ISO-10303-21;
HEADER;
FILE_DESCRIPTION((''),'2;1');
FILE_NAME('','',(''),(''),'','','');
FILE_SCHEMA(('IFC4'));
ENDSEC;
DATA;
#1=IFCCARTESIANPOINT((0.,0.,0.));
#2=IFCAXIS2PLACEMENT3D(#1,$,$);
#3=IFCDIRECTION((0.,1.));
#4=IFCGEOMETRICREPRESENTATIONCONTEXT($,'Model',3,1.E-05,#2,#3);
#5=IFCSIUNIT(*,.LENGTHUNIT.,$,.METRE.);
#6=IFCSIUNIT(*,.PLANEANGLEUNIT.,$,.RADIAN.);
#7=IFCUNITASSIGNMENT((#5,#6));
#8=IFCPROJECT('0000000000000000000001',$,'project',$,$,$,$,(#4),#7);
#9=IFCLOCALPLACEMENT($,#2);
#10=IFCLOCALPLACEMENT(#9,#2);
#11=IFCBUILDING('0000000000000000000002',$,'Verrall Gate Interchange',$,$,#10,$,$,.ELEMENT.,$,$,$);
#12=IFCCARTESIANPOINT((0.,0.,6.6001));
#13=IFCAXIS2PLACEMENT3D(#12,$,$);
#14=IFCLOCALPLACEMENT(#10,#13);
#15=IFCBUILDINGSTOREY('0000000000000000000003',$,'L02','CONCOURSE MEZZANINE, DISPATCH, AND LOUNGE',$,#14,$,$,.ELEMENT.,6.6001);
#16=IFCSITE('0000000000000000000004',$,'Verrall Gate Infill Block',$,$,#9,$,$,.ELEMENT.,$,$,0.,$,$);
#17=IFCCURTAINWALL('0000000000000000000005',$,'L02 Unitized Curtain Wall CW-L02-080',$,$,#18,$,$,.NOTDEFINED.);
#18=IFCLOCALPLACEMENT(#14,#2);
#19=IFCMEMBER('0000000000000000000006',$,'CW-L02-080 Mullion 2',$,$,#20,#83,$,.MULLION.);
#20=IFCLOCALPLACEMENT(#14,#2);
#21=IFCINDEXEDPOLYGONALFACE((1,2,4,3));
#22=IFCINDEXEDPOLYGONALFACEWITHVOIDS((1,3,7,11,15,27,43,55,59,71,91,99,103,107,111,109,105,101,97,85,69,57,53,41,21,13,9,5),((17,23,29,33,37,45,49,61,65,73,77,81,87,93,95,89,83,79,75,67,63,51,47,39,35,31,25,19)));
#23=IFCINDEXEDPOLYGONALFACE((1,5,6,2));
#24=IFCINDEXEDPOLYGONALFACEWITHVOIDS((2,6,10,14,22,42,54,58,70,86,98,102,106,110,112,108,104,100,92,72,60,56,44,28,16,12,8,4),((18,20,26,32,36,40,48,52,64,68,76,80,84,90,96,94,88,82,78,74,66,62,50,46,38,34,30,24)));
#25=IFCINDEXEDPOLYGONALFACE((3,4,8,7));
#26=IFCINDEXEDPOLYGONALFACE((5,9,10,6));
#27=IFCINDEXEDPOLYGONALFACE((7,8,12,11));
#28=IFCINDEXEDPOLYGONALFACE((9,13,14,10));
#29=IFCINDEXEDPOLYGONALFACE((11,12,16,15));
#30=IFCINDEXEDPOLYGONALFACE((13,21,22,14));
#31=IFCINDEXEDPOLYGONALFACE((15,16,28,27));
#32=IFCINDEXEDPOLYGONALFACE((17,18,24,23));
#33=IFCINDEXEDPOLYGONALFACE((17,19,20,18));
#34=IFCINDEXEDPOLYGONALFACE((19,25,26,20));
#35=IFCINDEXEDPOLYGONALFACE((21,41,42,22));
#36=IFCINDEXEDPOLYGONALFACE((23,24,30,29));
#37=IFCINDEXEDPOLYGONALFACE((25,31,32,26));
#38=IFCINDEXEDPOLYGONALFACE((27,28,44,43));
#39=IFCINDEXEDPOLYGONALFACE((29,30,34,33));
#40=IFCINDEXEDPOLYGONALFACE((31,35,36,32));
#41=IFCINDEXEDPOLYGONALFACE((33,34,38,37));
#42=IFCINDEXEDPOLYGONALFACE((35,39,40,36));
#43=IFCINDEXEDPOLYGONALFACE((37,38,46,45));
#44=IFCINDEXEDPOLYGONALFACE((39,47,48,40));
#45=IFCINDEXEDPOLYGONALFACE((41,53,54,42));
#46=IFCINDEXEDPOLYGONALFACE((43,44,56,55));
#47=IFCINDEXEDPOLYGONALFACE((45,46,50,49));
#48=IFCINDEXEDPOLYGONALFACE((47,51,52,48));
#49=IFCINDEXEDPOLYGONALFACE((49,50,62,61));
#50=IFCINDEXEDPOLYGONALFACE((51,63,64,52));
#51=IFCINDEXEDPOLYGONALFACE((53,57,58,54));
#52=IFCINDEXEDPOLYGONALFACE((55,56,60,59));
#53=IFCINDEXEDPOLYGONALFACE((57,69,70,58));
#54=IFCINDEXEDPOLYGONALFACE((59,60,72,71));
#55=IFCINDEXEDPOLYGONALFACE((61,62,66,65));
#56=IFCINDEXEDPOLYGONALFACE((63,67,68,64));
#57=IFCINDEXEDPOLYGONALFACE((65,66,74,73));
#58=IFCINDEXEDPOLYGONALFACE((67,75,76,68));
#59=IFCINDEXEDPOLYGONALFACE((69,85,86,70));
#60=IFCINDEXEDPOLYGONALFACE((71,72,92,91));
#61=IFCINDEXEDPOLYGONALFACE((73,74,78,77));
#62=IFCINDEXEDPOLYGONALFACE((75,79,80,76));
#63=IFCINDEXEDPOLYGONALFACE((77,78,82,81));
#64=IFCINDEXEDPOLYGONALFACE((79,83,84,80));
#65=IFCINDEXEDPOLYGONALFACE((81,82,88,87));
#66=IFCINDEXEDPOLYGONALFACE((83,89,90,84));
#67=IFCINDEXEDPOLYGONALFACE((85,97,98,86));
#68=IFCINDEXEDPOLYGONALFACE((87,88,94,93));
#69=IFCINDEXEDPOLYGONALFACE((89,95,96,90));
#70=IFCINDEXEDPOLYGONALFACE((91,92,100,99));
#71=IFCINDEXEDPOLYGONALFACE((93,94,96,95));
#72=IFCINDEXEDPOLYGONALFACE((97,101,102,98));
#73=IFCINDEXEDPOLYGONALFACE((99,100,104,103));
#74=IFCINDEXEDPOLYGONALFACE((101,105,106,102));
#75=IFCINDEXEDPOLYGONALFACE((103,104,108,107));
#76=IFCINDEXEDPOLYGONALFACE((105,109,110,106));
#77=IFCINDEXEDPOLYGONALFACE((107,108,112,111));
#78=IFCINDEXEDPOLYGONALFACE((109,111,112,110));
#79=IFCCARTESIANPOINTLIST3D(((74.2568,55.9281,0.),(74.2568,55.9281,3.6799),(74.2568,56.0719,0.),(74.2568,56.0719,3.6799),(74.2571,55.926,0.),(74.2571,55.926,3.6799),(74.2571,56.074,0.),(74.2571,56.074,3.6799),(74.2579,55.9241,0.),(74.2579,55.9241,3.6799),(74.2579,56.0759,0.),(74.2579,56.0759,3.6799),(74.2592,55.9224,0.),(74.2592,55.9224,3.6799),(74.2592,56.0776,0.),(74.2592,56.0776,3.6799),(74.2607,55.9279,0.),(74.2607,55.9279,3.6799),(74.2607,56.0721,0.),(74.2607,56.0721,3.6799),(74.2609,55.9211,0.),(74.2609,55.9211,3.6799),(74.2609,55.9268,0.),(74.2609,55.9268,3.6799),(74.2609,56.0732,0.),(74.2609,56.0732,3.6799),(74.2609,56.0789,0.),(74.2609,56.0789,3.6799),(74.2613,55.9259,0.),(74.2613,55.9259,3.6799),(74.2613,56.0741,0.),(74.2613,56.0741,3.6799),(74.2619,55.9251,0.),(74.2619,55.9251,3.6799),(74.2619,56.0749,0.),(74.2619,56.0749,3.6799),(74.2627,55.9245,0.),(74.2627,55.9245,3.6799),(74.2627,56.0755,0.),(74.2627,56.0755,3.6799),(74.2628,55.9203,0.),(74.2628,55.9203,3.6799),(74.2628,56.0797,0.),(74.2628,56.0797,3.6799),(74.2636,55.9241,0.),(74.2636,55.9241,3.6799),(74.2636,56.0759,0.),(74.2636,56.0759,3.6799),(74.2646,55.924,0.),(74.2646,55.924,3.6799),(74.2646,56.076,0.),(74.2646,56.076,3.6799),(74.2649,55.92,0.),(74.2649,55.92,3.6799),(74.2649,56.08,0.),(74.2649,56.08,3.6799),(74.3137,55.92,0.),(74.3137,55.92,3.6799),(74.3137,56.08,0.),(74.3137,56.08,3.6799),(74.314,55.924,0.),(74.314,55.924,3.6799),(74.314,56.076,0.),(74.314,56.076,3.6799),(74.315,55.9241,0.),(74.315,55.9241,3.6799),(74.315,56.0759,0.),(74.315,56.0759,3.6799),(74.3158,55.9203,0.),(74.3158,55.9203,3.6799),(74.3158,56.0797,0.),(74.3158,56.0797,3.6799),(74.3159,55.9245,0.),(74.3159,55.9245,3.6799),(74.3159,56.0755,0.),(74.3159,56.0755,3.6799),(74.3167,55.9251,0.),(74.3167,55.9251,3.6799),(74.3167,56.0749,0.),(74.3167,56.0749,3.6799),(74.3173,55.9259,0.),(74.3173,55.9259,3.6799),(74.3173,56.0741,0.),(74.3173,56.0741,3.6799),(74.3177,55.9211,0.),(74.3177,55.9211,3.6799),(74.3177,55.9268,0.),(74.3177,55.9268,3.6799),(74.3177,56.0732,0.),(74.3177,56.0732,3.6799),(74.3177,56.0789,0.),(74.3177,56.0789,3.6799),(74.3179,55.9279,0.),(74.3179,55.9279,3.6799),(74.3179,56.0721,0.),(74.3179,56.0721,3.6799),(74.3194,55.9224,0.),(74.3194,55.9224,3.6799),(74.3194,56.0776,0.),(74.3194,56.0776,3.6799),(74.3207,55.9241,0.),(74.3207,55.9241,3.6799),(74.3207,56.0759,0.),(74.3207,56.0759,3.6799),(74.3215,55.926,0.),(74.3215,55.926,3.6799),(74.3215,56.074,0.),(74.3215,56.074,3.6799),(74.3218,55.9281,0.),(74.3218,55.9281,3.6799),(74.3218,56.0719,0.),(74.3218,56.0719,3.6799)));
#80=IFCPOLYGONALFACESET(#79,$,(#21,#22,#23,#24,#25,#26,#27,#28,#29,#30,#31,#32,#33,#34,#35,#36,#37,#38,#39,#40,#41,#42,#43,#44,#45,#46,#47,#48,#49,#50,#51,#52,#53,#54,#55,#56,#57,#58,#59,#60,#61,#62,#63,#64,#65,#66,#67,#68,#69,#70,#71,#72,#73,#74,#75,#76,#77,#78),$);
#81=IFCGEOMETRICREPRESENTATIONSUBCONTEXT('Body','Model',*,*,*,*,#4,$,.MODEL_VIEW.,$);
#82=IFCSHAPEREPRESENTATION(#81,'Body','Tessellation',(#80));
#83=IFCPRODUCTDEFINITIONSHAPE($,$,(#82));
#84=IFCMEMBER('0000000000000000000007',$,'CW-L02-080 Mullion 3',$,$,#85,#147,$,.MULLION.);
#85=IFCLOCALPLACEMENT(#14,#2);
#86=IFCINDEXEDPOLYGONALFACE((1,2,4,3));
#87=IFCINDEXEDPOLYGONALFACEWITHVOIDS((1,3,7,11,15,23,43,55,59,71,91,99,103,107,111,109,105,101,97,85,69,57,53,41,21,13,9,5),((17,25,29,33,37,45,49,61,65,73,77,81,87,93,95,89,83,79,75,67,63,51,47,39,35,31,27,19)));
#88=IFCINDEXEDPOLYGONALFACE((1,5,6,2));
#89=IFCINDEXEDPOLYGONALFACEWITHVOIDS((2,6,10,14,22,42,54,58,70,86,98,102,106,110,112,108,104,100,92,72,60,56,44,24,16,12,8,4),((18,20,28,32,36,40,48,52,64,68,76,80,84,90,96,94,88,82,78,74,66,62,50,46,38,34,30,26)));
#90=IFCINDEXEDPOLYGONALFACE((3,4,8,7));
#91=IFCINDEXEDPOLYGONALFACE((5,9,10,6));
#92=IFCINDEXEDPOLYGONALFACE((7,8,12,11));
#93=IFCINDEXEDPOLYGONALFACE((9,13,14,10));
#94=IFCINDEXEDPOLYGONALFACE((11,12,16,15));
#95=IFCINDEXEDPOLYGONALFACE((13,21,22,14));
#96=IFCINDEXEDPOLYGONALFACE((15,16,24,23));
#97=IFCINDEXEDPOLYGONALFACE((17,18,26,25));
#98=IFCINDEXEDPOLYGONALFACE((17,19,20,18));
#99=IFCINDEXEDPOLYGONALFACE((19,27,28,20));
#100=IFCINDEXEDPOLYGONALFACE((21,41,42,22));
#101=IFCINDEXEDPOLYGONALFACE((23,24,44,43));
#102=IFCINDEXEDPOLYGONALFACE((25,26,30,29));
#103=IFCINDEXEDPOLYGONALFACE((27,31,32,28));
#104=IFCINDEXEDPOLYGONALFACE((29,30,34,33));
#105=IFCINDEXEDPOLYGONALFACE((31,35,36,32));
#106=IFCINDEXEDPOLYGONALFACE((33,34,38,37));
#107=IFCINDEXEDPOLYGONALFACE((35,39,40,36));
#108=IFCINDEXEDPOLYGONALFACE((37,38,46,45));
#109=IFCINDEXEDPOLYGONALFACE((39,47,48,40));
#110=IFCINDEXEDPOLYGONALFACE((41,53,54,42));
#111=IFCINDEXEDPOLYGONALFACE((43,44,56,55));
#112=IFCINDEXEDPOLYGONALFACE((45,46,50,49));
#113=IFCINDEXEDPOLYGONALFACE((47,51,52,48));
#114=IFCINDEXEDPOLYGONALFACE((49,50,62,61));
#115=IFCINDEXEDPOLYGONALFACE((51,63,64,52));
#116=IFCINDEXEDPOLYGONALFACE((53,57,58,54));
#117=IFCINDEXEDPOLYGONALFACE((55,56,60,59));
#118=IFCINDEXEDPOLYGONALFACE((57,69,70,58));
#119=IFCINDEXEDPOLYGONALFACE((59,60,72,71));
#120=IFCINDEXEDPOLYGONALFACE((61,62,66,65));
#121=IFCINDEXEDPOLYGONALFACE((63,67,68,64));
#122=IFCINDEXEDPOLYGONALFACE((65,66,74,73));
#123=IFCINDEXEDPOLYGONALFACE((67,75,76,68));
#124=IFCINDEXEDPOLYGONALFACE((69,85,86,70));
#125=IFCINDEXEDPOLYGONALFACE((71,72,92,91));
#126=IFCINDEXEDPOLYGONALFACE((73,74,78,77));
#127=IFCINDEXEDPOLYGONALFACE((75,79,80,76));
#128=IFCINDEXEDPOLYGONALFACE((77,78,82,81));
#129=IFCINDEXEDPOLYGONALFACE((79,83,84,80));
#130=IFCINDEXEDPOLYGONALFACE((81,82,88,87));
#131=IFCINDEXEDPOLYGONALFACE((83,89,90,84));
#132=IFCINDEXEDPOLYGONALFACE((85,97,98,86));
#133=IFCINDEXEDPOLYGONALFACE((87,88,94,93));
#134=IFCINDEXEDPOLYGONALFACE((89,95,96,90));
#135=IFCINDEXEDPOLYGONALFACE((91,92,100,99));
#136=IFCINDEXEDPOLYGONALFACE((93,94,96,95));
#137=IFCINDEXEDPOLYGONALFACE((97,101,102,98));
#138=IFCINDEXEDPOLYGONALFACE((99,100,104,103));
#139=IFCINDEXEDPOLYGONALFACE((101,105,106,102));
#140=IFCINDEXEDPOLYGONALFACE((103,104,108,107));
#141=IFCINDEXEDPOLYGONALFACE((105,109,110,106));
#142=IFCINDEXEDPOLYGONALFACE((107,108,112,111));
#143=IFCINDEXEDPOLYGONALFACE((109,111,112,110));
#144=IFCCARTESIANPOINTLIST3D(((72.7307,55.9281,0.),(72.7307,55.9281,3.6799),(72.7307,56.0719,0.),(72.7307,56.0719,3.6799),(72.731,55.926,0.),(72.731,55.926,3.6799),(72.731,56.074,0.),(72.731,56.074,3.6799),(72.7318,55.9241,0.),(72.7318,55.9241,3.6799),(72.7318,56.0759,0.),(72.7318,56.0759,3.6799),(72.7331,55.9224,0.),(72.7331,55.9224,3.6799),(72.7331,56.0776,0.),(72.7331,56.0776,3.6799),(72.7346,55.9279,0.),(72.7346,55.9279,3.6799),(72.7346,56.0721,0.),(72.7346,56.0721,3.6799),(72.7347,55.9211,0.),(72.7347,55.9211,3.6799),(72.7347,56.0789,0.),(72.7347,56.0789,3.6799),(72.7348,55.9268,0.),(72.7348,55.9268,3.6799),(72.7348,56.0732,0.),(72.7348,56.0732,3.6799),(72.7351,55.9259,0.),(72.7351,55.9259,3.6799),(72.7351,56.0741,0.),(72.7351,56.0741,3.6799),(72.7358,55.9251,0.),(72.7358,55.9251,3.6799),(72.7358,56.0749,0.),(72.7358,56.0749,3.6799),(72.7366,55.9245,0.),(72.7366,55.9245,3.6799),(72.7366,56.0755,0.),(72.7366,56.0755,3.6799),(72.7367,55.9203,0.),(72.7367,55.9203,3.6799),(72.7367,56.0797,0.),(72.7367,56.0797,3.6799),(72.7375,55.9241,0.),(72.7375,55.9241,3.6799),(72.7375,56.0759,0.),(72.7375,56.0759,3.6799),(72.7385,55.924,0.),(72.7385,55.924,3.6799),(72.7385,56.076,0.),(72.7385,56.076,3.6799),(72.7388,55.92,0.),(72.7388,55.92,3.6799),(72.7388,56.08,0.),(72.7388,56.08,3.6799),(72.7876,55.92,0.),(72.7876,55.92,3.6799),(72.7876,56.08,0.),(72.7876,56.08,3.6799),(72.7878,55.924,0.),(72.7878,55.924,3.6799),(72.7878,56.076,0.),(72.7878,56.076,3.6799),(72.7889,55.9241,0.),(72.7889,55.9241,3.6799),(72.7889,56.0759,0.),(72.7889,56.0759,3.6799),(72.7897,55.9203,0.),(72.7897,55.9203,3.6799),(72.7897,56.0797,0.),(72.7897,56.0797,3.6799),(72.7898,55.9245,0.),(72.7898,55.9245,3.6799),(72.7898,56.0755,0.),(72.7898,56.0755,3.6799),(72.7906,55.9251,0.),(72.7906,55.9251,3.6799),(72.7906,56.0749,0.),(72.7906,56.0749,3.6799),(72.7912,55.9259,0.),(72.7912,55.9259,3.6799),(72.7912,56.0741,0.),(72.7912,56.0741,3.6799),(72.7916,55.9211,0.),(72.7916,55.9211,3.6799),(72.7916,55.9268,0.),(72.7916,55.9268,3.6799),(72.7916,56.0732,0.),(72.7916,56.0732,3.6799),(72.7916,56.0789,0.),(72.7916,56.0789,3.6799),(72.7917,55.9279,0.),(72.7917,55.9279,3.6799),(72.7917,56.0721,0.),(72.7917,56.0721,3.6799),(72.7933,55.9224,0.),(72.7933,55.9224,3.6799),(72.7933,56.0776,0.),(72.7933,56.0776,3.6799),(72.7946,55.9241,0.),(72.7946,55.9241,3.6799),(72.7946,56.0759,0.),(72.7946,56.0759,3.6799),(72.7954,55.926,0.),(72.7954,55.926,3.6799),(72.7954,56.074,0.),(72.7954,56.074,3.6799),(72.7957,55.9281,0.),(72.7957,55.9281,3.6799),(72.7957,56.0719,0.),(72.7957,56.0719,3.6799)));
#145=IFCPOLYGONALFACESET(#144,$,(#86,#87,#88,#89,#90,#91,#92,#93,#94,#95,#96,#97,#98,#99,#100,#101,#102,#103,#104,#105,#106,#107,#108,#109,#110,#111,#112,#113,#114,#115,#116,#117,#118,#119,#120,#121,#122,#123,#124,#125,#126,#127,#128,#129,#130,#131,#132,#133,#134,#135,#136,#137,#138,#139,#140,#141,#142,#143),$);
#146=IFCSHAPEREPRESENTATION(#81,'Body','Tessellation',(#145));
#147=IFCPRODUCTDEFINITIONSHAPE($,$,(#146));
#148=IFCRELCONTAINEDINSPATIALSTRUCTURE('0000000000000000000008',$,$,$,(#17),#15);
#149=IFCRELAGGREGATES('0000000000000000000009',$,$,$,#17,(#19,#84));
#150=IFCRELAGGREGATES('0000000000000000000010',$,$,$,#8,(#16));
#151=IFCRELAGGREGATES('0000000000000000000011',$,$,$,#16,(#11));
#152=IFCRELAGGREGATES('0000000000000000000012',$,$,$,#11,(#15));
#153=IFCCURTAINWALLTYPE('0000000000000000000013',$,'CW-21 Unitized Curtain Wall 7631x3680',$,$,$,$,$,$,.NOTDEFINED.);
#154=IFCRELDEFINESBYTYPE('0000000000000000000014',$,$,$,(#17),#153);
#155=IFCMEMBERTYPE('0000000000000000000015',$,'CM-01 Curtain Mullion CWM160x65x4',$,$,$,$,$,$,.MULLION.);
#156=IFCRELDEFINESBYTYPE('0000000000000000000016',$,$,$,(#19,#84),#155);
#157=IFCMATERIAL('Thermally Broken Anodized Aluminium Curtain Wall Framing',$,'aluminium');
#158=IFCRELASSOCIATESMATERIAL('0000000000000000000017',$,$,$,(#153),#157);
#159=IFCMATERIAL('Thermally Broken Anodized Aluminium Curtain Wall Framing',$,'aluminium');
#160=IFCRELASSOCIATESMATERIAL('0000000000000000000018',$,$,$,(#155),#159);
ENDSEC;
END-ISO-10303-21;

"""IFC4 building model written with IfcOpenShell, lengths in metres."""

from ifc_helpers import new_model, si_unit, direction, frame, origin, origin_2d, place, context, subcontext, project, spatial, hollow_rectangle, extrude, material, material_profile, profile_set, type_object, element, aggregate, save


model = new_model("IFC4")

# Units and contexts
model_context = context("Model", 3, precision=1e-05, world=origin(), true_north=direction((0.0, 1.0)))
body_context = subcontext(model_context, "Body", "Model", "MODEL_VIEW")
ifc_project = project(units=[si_unit("LENGTHUNIT", "METRE"), si_unit("PLANEANGLEUNIT", "RADIAN")], contexts=[model_context])

# Site, building, storey
site_placement = place(None, origin())
site = spatial("IfcSite", under=ifc_project, at=site_placement, Name="Verrall Gate Infill Block", CompositionType="ELEMENT", RefElevation=0.0)
building_placement = place(site_placement, origin())
building = spatial("IfcBuilding", under=site, at=building_placement, Name="Verrall Gate Interchange", CompositionType="ELEMENT")
storey_placement = place(building_placement, frame((0.0, 0.0, 6.6001)))
storey = spatial("IfcBuildingStorey", under=building, at=storey_placement, Name="L02", Description="CONCOURSE MEZZANINE, DISPATCH, AND LOUNGE", CompositionType="ELEMENT", Elevation=6.6001)

# Curtain wall, members
ifc_material_1 = material(Name="Thermally Broken Anodized Aluminium Curtain Wall Framing", Category="aluminium")
curtain_wall_type = type_object("IfcCurtainWallType", Name="CW-21 Unitized Curtain Wall 7631x3680", PredefinedType="NOTDEFINED", material=ifc_material_1)
curtain_wall_1_placement = place(storey_placement, origin())
curtain_wall_1 = element("IfcCurtainWall", 1, at=curtain_wall_1_placement, inside=storey, type_object=curtain_wall_type, Name="L02 Unitized Curtain Wall CW-L02-080", PredefinedType="NOTDEFINED")
ifc_material_2 = material(Name="Thermally Broken Anodized Aluminium Curtain Wall Framing", Category="aluminium")
ifc_material_profile_1 = material_profile(ifc_material_2, hollow_rectangle(XDim=0.0649, YDim=0.1599, WallThickness=0.0039, InnerFilletRadius=0.0039, OuterFilletRadius=0.0081, at=origin_2d()), Name="CWM160x65x4")
ifc_profile_set_1 = profile_set([ifc_material_profile_1], Name="Thermally Broken Anodized Aluminium Curtain Wall Framing")
member_type_1 = type_object("IfcMemberType", Name="CM-01 Curtain Mullion CWM160x65x4", PredefinedType="MULLION", material=ifc_profile_set_1)
member_1_placement = place(storey_placement, frame((74.2893, 56.0, 0.0), z_axis=(0.0, 0.0, 1.0), x_axis=(-1.0, 0.0, 0.0)))
member_1 = element("IfcMember", 2, at=member_1_placement, type_object=member_type_1, Name="CW-L02-080 Mullion 2", PredefinedType="MULLION", context=body_context, shape_type="SweptSolid", body=[
    extrude(hollow_rectangle(XDim=0.0649, YDim=0.1599, WallThickness=0.0039, InnerFilletRadius=0.0039, OuterFilletRadius=0.0081, at=origin_2d()), origin(), (0.0, 0.0, 1.0), 3.6799),
])
member_2_placement = place(storey_placement, frame((72.7632, 56.0, 0.0), z_axis=(0.0, 0.0, 1.0), x_axis=(-1.0, 0.0, 0.0)))
member_2 = element("IfcMember", 3, at=member_2_placement, type_object=member_type_1, Name="CW-L02-080 Mullion 3", PredefinedType="MULLION", context=body_context, shape_type="SweptSolid", body=[
    extrude(hollow_rectangle(XDim=0.0649, YDim=0.1599, WallThickness=0.0039, InnerFilletRadius=0.0039, OuterFilletRadius=0.0081, at=origin_2d()), origin(), (0.0, 0.0, 1.0), 3.6799),
])

aggregate(curtain_wall_1, [member_1, member_2])

save(model, "model.ifc")
